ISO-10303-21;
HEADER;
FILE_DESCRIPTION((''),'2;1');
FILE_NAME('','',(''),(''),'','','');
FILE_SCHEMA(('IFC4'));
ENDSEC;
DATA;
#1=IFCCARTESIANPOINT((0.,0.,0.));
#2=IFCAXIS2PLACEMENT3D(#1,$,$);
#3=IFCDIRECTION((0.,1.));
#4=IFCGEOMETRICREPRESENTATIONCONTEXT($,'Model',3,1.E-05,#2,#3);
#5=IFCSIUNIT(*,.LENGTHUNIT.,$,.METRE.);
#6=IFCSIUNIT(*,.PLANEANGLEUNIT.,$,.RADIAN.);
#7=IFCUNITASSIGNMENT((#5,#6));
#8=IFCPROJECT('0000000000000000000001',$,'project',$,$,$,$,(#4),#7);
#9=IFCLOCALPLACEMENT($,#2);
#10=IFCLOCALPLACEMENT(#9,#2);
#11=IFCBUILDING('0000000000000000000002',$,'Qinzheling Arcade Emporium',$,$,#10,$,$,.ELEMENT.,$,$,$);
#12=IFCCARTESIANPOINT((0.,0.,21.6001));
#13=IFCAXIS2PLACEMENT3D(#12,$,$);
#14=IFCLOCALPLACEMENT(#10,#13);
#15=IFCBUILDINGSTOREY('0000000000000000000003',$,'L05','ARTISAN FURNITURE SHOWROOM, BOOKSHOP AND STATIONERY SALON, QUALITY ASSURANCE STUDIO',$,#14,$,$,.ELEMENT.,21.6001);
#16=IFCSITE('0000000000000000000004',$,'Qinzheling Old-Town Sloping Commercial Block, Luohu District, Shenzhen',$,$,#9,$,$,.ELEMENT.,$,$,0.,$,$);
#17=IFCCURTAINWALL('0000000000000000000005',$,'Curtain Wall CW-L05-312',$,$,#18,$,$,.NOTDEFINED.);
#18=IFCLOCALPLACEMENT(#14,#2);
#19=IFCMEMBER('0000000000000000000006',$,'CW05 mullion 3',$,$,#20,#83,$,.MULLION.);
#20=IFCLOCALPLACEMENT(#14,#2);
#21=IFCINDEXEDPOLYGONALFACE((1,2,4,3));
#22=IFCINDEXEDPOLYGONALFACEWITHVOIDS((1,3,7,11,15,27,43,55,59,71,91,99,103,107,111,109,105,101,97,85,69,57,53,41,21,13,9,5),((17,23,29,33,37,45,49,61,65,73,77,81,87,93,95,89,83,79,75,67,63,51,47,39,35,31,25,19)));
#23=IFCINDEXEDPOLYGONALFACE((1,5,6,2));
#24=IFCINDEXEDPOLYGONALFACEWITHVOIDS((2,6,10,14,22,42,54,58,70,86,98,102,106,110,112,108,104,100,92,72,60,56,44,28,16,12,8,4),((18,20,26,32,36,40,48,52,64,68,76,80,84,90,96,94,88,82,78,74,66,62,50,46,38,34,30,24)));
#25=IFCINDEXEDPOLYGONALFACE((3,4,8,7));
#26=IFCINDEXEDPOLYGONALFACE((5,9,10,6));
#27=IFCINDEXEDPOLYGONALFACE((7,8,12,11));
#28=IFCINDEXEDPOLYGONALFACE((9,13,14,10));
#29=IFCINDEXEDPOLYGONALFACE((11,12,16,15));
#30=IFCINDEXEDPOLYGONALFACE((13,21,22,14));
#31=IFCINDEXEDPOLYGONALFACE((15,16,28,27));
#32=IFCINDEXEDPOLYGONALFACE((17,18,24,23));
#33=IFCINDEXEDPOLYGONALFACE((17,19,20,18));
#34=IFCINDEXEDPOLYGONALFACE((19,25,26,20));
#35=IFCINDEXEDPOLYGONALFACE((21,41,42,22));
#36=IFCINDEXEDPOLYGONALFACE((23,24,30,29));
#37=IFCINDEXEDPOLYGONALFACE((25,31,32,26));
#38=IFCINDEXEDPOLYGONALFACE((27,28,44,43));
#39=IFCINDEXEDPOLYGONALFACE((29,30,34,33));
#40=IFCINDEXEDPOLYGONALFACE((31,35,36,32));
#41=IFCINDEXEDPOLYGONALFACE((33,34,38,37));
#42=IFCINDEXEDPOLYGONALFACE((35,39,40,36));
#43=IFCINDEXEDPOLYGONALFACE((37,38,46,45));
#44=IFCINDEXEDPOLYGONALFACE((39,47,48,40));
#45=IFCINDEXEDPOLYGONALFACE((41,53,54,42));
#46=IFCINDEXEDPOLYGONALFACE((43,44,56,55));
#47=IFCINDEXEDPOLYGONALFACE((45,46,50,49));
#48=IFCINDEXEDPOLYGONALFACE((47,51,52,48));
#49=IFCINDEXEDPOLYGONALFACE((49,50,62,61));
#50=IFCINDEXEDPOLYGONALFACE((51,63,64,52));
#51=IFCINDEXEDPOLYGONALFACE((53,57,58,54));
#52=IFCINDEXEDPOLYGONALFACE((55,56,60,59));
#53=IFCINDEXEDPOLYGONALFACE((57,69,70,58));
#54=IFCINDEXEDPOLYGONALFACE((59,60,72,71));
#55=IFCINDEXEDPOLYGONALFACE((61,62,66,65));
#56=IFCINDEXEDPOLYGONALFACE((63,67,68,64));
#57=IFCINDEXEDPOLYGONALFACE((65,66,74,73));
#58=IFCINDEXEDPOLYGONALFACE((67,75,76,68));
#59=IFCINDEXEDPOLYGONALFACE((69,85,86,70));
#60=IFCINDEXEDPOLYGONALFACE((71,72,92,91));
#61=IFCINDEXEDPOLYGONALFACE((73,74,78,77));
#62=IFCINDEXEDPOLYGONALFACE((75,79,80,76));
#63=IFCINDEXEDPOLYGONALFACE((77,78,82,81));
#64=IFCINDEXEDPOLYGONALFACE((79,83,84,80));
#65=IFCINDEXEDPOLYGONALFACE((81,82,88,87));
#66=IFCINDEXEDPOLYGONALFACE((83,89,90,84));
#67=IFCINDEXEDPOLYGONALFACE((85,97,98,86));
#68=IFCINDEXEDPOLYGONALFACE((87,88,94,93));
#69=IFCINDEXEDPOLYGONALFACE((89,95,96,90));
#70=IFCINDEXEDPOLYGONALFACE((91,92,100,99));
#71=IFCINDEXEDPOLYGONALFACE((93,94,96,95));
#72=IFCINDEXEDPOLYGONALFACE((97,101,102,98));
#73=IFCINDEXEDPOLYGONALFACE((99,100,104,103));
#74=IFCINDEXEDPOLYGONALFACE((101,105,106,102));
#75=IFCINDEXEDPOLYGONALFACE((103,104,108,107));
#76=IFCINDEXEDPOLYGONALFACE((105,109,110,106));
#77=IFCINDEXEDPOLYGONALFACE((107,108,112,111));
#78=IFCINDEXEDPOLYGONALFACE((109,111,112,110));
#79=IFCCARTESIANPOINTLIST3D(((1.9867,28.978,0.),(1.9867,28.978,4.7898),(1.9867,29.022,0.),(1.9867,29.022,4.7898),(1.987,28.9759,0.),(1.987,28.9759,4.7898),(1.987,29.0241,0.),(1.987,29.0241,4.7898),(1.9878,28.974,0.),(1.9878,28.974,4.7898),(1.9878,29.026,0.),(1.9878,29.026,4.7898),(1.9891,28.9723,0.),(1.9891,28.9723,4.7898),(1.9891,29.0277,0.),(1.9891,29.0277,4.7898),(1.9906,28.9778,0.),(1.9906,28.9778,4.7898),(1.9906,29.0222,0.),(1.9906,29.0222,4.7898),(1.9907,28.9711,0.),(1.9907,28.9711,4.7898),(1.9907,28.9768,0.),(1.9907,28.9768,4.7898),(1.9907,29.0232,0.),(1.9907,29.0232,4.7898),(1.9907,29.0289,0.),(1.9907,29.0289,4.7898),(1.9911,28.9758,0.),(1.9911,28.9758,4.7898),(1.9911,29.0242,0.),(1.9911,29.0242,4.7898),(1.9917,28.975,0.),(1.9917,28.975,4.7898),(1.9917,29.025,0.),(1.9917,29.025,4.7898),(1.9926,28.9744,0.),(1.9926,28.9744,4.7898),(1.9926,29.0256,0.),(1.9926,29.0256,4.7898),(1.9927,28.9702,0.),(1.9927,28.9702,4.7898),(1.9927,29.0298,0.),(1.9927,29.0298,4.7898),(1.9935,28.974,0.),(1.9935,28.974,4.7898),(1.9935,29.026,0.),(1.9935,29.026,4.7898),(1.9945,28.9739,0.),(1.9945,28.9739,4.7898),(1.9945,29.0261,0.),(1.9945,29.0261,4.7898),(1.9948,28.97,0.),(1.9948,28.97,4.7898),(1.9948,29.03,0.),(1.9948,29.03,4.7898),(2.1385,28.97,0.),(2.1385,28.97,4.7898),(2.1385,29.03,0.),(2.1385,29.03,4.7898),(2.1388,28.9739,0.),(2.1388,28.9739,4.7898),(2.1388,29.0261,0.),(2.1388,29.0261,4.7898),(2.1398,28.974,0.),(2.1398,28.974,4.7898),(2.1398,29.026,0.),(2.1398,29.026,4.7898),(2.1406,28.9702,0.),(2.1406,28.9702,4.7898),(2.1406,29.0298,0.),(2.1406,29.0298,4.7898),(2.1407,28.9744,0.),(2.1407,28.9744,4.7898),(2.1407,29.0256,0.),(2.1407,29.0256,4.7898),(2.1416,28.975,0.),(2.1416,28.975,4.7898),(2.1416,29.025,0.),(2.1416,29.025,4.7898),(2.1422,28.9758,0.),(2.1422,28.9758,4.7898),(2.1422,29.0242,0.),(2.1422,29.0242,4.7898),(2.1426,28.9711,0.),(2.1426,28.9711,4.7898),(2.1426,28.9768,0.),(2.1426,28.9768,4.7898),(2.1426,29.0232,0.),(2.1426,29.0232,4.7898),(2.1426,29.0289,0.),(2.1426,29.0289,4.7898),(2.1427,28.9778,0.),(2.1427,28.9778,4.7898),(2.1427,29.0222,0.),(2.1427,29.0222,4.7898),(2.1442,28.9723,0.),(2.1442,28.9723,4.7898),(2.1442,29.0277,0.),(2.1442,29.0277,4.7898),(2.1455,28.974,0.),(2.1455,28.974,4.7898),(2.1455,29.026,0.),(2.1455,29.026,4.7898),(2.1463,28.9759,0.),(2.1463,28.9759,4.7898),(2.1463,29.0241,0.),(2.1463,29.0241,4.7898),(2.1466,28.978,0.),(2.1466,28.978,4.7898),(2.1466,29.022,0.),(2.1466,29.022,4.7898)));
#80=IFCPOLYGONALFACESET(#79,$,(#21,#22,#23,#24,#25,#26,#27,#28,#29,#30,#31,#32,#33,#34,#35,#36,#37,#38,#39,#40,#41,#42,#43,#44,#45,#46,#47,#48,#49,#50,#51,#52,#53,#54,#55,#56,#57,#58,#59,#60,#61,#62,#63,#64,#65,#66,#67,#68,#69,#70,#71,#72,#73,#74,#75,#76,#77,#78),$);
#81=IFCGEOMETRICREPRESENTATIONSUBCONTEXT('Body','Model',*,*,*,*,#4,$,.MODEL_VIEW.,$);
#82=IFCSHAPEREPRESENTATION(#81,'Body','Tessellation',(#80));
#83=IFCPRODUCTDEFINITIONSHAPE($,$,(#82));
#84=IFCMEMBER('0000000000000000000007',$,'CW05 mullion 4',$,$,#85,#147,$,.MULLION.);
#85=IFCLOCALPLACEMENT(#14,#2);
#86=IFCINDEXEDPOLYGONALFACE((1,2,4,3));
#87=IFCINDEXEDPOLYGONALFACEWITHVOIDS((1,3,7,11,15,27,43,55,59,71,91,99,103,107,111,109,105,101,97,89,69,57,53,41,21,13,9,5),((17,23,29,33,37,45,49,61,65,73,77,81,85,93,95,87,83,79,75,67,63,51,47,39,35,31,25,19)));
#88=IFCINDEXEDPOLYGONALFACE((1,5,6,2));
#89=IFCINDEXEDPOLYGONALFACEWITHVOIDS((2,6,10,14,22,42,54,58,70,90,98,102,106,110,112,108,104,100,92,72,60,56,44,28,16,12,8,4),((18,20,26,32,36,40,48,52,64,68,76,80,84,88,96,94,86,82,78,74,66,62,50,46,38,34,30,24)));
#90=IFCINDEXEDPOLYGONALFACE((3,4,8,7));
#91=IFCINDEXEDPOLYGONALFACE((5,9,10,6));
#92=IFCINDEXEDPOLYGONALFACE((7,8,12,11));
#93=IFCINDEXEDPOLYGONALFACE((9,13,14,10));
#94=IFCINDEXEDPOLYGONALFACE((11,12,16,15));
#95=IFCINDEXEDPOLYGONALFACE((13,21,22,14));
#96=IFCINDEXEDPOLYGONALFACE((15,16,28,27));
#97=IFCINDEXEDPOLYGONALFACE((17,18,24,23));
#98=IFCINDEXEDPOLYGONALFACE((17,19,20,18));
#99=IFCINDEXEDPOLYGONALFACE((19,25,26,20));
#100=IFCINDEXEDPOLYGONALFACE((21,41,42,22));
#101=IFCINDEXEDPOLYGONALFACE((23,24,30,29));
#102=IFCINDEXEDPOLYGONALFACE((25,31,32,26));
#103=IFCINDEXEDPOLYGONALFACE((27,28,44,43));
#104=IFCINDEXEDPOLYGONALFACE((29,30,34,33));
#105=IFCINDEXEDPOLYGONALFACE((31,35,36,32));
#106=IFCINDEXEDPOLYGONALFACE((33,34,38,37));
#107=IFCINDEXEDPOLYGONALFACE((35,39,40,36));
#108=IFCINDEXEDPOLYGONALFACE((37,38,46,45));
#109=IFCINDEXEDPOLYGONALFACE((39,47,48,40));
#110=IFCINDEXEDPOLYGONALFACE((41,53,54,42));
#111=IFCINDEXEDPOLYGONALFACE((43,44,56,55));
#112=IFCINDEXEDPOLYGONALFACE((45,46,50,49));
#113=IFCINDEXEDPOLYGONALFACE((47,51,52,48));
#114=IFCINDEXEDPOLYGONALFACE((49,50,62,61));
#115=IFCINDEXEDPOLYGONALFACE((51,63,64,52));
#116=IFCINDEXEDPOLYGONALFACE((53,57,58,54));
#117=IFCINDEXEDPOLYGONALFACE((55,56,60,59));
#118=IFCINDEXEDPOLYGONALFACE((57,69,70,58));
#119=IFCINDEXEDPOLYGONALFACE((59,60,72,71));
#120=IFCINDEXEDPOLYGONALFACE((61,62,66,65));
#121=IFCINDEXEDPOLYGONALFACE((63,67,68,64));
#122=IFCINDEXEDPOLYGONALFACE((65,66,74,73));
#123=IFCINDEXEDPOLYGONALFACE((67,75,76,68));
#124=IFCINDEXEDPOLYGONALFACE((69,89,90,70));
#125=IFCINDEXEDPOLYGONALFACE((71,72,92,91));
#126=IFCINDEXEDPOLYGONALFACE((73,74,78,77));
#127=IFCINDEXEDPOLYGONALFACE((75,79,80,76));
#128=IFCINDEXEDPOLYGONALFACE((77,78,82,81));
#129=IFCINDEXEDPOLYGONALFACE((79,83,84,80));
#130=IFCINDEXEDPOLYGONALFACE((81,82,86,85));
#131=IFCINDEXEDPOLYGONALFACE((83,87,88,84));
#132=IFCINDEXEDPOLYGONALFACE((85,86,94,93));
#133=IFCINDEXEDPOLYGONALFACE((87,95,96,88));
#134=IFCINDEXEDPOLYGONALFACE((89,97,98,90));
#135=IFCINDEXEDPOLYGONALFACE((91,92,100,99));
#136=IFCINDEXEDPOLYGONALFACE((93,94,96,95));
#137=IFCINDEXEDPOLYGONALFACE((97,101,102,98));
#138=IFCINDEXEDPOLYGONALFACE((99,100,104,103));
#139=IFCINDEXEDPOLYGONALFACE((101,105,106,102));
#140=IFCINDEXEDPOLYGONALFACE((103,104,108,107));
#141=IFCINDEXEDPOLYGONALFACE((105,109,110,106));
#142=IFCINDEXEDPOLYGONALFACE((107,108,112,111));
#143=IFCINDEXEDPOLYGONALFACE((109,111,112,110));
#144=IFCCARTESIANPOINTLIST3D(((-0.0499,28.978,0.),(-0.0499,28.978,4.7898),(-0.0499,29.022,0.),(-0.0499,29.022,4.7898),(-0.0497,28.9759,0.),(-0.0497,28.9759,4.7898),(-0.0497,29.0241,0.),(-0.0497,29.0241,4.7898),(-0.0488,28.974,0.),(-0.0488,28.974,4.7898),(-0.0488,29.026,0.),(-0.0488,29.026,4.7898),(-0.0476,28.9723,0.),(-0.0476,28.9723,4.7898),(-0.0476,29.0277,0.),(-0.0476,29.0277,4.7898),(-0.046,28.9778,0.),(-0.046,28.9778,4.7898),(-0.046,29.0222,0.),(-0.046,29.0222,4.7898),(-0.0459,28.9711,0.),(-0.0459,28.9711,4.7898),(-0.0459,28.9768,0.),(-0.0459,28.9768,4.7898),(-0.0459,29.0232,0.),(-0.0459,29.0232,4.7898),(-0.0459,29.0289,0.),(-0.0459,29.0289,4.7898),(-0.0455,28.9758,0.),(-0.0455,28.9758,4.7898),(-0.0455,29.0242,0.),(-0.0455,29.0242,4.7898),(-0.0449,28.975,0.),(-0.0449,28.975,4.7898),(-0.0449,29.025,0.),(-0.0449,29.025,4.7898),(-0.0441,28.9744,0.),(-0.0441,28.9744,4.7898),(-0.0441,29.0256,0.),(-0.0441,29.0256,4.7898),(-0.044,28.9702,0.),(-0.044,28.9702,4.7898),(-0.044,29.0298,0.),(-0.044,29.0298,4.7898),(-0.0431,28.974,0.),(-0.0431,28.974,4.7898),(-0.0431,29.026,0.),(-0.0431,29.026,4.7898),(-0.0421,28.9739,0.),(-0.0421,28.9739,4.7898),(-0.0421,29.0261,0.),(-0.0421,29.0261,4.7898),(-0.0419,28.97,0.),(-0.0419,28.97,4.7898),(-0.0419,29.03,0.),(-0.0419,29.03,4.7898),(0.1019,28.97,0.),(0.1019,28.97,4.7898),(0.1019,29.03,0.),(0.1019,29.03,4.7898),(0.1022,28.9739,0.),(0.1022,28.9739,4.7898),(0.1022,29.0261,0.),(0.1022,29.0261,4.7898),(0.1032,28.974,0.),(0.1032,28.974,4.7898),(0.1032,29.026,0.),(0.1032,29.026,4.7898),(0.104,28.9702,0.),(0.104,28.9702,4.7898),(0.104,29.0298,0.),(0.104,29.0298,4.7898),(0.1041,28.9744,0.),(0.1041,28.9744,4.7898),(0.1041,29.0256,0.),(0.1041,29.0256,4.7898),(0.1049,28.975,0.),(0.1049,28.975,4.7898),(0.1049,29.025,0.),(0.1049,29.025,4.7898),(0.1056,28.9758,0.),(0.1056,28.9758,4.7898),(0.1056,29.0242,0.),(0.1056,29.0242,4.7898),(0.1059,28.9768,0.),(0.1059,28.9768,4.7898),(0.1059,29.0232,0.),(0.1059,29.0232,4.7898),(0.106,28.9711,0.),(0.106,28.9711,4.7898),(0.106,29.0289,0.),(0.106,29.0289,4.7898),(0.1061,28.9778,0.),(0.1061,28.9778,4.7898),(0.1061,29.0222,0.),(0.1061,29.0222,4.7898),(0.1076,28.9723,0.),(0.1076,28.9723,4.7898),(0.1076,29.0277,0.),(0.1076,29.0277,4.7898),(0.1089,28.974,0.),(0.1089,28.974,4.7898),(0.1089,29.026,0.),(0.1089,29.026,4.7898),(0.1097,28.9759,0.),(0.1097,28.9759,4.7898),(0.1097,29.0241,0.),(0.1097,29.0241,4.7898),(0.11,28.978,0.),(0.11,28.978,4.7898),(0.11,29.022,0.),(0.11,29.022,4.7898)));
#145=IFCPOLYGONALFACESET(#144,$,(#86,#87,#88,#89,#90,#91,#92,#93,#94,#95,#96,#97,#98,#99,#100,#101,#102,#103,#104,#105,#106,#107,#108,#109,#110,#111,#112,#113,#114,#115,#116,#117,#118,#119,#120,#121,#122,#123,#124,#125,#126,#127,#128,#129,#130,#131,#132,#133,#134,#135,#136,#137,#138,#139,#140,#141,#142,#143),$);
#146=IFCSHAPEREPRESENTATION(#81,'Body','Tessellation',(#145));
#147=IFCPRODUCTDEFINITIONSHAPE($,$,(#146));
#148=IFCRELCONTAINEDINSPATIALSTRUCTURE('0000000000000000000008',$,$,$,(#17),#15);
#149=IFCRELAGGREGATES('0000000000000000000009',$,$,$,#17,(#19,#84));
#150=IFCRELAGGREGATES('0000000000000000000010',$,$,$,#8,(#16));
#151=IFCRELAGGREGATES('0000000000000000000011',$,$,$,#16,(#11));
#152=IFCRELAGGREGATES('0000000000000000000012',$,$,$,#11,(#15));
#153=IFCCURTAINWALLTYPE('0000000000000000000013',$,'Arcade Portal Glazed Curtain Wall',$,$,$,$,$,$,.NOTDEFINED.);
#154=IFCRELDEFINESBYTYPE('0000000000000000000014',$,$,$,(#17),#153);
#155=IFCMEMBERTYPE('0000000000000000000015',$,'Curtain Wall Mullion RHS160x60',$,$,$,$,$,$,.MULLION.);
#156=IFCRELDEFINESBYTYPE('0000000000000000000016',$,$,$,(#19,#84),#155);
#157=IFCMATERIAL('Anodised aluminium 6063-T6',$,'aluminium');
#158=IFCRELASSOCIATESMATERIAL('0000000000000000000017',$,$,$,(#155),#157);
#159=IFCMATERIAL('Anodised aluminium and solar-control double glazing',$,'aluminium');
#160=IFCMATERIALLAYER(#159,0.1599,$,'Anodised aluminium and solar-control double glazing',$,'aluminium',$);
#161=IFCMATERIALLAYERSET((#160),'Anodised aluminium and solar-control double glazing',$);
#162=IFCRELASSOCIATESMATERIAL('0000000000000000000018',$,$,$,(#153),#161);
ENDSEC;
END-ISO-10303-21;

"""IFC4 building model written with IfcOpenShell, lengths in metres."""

from ifc_helpers import new_model, si_unit, direction, frame, origin, origin_2d, place, context, subcontext, project, spatial, hollow_rectangle, extrude, material, layer, layer_set, material_profile, profile_set, type_object, element, aggregate, save


model = new_model("IFC4")

# Units and contexts
model_context = context("Model", 3, precision=1e-05, world=origin(), true_north=direction((0.0, 1.0)))
body_context = subcontext(model_context, "Body", "Model", "MODEL_VIEW")
ifc_project = project(units=[si_unit("LENGTHUNIT", "METRE"), si_unit("PLANEANGLEUNIT", "RADIAN")], contexts=[model_context])

# Site, building, storey
site_placement = place(None, origin())
site = spatial("IfcSite", under=ifc_project, at=site_placement, Name="Qinzheling Old-Town Sloping Commercial Block, Luohu District, Shenzhen", CompositionType="ELEMENT", RefElevation=0.0)
building_placement = place(site_placement, origin())
building = spatial("IfcBuilding", under=site, at=building_placement, Name="Qinzheling Arcade Emporium", CompositionType="ELEMENT")
storey_placement = place(building_placement, frame((0.0, 0.0, 21.6001)))
storey = spatial("IfcBuildingStorey", under=building, at=storey_placement, Name="L05", Description="ARTISAN FURNITURE SHOWROOM, BOOKSHOP AND STATIONERY SALON, QUALITY ASSURANCE STUDIO", CompositionType="ELEMENT", Elevation=21.6001)

# Shared definitions
ifc_material_1 = material(Name="Anodised aluminium and solar-control double glazing", Category="aluminium")
ifc_material_2 = material(Name="Anodised aluminium 6063-T6", Category="aluminium")
ifc_material_profile_1 = material_profile(ifc_material_2, hollow_rectangle(XDim=0.0601, YDim=0.1599, WallThickness=0.0039, InnerFilletRadius=0.0039, OuterFilletRadius=0.0081, at=origin_2d()), Name="RHS 160x60x4", Category="aluminium")
ifc_profile_set_1 = profile_set([ifc_material_profile_1], Name="Anodised aluminium 6063-T6")
member_type_1 = type_object("IfcMemberType", Name="Curtain Wall Mullion RHS160x60", PredefinedType="MULLION", material=ifc_profile_set_1)

# Curtain wall, members
ifc_layer_1 = layer(ifc_material_1, 0.1599, Name="Anodised aluminium and solar-control double glazing", Category="aluminium")
ifc_layer_set_1 = layer_set([ifc_layer_1], Name="Anodised aluminium and solar-control double glazing")
curtain_wall_type_1 = type_object("IfcCurtainWallType", Name="Arcade Portal Glazed Curtain Wall", PredefinedType="NOTDEFINED", material=ifc_layer_set_1)
curtain_wall_1_placement = place(storey_placement, origin())
curtain_wall_1 = element("IfcCurtainWall", 1, at=curtain_wall_1_placement, inside=storey, type_object=curtain_wall_type_1, Name="Curtain Wall CW-L05-312", PredefinedType="NOTDEFINED")
member_1_placement = place(storey_placement, frame((2.0667, 29.0, 0.0), z_axis=(0.0, 0.0, 1.0), x_axis=(0.0, -1.0, 0.0)))
member_1 = element("IfcMember", 2, at=member_1_placement, type_object=member_type_1, Name="CW05 mullion 3", PredefinedType="MULLION", context=body_context, shape_type="SweptSolid", body=[
    extrude(hollow_rectangle(XDim=0.0601, YDim=0.1599, WallThickness=0.0039, InnerFilletRadius=0.0039, OuterFilletRadius=0.0081, at=origin_2d()), origin(), (0.0, 0.0, 1.0), 4.7898),
])
member_2_placement = place(storey_placement, frame((0.03, 29.0, 0.0), z_axis=(0.0, 0.0, 1.0), x_axis=(0.0, -1.0, 0.0)))
member_2 = element("IfcMember", 3, at=member_2_placement, type_object=member_type_1, Name="CW05 mullion 4", PredefinedType="MULLION", context=body_context, shape_type="SweptSolid", body=[
    extrude(hollow_rectangle(XDim=0.0601, YDim=0.1599, WallThickness=0.0039, InnerFilletRadius=0.0039, OuterFilletRadius=0.0081, at=origin_2d()), origin(), (0.0, 0.0, 1.0), 4.7898),
])

aggregate(curtain_wall_1, [member_1, member_2])

save(model, "model.ifc")
